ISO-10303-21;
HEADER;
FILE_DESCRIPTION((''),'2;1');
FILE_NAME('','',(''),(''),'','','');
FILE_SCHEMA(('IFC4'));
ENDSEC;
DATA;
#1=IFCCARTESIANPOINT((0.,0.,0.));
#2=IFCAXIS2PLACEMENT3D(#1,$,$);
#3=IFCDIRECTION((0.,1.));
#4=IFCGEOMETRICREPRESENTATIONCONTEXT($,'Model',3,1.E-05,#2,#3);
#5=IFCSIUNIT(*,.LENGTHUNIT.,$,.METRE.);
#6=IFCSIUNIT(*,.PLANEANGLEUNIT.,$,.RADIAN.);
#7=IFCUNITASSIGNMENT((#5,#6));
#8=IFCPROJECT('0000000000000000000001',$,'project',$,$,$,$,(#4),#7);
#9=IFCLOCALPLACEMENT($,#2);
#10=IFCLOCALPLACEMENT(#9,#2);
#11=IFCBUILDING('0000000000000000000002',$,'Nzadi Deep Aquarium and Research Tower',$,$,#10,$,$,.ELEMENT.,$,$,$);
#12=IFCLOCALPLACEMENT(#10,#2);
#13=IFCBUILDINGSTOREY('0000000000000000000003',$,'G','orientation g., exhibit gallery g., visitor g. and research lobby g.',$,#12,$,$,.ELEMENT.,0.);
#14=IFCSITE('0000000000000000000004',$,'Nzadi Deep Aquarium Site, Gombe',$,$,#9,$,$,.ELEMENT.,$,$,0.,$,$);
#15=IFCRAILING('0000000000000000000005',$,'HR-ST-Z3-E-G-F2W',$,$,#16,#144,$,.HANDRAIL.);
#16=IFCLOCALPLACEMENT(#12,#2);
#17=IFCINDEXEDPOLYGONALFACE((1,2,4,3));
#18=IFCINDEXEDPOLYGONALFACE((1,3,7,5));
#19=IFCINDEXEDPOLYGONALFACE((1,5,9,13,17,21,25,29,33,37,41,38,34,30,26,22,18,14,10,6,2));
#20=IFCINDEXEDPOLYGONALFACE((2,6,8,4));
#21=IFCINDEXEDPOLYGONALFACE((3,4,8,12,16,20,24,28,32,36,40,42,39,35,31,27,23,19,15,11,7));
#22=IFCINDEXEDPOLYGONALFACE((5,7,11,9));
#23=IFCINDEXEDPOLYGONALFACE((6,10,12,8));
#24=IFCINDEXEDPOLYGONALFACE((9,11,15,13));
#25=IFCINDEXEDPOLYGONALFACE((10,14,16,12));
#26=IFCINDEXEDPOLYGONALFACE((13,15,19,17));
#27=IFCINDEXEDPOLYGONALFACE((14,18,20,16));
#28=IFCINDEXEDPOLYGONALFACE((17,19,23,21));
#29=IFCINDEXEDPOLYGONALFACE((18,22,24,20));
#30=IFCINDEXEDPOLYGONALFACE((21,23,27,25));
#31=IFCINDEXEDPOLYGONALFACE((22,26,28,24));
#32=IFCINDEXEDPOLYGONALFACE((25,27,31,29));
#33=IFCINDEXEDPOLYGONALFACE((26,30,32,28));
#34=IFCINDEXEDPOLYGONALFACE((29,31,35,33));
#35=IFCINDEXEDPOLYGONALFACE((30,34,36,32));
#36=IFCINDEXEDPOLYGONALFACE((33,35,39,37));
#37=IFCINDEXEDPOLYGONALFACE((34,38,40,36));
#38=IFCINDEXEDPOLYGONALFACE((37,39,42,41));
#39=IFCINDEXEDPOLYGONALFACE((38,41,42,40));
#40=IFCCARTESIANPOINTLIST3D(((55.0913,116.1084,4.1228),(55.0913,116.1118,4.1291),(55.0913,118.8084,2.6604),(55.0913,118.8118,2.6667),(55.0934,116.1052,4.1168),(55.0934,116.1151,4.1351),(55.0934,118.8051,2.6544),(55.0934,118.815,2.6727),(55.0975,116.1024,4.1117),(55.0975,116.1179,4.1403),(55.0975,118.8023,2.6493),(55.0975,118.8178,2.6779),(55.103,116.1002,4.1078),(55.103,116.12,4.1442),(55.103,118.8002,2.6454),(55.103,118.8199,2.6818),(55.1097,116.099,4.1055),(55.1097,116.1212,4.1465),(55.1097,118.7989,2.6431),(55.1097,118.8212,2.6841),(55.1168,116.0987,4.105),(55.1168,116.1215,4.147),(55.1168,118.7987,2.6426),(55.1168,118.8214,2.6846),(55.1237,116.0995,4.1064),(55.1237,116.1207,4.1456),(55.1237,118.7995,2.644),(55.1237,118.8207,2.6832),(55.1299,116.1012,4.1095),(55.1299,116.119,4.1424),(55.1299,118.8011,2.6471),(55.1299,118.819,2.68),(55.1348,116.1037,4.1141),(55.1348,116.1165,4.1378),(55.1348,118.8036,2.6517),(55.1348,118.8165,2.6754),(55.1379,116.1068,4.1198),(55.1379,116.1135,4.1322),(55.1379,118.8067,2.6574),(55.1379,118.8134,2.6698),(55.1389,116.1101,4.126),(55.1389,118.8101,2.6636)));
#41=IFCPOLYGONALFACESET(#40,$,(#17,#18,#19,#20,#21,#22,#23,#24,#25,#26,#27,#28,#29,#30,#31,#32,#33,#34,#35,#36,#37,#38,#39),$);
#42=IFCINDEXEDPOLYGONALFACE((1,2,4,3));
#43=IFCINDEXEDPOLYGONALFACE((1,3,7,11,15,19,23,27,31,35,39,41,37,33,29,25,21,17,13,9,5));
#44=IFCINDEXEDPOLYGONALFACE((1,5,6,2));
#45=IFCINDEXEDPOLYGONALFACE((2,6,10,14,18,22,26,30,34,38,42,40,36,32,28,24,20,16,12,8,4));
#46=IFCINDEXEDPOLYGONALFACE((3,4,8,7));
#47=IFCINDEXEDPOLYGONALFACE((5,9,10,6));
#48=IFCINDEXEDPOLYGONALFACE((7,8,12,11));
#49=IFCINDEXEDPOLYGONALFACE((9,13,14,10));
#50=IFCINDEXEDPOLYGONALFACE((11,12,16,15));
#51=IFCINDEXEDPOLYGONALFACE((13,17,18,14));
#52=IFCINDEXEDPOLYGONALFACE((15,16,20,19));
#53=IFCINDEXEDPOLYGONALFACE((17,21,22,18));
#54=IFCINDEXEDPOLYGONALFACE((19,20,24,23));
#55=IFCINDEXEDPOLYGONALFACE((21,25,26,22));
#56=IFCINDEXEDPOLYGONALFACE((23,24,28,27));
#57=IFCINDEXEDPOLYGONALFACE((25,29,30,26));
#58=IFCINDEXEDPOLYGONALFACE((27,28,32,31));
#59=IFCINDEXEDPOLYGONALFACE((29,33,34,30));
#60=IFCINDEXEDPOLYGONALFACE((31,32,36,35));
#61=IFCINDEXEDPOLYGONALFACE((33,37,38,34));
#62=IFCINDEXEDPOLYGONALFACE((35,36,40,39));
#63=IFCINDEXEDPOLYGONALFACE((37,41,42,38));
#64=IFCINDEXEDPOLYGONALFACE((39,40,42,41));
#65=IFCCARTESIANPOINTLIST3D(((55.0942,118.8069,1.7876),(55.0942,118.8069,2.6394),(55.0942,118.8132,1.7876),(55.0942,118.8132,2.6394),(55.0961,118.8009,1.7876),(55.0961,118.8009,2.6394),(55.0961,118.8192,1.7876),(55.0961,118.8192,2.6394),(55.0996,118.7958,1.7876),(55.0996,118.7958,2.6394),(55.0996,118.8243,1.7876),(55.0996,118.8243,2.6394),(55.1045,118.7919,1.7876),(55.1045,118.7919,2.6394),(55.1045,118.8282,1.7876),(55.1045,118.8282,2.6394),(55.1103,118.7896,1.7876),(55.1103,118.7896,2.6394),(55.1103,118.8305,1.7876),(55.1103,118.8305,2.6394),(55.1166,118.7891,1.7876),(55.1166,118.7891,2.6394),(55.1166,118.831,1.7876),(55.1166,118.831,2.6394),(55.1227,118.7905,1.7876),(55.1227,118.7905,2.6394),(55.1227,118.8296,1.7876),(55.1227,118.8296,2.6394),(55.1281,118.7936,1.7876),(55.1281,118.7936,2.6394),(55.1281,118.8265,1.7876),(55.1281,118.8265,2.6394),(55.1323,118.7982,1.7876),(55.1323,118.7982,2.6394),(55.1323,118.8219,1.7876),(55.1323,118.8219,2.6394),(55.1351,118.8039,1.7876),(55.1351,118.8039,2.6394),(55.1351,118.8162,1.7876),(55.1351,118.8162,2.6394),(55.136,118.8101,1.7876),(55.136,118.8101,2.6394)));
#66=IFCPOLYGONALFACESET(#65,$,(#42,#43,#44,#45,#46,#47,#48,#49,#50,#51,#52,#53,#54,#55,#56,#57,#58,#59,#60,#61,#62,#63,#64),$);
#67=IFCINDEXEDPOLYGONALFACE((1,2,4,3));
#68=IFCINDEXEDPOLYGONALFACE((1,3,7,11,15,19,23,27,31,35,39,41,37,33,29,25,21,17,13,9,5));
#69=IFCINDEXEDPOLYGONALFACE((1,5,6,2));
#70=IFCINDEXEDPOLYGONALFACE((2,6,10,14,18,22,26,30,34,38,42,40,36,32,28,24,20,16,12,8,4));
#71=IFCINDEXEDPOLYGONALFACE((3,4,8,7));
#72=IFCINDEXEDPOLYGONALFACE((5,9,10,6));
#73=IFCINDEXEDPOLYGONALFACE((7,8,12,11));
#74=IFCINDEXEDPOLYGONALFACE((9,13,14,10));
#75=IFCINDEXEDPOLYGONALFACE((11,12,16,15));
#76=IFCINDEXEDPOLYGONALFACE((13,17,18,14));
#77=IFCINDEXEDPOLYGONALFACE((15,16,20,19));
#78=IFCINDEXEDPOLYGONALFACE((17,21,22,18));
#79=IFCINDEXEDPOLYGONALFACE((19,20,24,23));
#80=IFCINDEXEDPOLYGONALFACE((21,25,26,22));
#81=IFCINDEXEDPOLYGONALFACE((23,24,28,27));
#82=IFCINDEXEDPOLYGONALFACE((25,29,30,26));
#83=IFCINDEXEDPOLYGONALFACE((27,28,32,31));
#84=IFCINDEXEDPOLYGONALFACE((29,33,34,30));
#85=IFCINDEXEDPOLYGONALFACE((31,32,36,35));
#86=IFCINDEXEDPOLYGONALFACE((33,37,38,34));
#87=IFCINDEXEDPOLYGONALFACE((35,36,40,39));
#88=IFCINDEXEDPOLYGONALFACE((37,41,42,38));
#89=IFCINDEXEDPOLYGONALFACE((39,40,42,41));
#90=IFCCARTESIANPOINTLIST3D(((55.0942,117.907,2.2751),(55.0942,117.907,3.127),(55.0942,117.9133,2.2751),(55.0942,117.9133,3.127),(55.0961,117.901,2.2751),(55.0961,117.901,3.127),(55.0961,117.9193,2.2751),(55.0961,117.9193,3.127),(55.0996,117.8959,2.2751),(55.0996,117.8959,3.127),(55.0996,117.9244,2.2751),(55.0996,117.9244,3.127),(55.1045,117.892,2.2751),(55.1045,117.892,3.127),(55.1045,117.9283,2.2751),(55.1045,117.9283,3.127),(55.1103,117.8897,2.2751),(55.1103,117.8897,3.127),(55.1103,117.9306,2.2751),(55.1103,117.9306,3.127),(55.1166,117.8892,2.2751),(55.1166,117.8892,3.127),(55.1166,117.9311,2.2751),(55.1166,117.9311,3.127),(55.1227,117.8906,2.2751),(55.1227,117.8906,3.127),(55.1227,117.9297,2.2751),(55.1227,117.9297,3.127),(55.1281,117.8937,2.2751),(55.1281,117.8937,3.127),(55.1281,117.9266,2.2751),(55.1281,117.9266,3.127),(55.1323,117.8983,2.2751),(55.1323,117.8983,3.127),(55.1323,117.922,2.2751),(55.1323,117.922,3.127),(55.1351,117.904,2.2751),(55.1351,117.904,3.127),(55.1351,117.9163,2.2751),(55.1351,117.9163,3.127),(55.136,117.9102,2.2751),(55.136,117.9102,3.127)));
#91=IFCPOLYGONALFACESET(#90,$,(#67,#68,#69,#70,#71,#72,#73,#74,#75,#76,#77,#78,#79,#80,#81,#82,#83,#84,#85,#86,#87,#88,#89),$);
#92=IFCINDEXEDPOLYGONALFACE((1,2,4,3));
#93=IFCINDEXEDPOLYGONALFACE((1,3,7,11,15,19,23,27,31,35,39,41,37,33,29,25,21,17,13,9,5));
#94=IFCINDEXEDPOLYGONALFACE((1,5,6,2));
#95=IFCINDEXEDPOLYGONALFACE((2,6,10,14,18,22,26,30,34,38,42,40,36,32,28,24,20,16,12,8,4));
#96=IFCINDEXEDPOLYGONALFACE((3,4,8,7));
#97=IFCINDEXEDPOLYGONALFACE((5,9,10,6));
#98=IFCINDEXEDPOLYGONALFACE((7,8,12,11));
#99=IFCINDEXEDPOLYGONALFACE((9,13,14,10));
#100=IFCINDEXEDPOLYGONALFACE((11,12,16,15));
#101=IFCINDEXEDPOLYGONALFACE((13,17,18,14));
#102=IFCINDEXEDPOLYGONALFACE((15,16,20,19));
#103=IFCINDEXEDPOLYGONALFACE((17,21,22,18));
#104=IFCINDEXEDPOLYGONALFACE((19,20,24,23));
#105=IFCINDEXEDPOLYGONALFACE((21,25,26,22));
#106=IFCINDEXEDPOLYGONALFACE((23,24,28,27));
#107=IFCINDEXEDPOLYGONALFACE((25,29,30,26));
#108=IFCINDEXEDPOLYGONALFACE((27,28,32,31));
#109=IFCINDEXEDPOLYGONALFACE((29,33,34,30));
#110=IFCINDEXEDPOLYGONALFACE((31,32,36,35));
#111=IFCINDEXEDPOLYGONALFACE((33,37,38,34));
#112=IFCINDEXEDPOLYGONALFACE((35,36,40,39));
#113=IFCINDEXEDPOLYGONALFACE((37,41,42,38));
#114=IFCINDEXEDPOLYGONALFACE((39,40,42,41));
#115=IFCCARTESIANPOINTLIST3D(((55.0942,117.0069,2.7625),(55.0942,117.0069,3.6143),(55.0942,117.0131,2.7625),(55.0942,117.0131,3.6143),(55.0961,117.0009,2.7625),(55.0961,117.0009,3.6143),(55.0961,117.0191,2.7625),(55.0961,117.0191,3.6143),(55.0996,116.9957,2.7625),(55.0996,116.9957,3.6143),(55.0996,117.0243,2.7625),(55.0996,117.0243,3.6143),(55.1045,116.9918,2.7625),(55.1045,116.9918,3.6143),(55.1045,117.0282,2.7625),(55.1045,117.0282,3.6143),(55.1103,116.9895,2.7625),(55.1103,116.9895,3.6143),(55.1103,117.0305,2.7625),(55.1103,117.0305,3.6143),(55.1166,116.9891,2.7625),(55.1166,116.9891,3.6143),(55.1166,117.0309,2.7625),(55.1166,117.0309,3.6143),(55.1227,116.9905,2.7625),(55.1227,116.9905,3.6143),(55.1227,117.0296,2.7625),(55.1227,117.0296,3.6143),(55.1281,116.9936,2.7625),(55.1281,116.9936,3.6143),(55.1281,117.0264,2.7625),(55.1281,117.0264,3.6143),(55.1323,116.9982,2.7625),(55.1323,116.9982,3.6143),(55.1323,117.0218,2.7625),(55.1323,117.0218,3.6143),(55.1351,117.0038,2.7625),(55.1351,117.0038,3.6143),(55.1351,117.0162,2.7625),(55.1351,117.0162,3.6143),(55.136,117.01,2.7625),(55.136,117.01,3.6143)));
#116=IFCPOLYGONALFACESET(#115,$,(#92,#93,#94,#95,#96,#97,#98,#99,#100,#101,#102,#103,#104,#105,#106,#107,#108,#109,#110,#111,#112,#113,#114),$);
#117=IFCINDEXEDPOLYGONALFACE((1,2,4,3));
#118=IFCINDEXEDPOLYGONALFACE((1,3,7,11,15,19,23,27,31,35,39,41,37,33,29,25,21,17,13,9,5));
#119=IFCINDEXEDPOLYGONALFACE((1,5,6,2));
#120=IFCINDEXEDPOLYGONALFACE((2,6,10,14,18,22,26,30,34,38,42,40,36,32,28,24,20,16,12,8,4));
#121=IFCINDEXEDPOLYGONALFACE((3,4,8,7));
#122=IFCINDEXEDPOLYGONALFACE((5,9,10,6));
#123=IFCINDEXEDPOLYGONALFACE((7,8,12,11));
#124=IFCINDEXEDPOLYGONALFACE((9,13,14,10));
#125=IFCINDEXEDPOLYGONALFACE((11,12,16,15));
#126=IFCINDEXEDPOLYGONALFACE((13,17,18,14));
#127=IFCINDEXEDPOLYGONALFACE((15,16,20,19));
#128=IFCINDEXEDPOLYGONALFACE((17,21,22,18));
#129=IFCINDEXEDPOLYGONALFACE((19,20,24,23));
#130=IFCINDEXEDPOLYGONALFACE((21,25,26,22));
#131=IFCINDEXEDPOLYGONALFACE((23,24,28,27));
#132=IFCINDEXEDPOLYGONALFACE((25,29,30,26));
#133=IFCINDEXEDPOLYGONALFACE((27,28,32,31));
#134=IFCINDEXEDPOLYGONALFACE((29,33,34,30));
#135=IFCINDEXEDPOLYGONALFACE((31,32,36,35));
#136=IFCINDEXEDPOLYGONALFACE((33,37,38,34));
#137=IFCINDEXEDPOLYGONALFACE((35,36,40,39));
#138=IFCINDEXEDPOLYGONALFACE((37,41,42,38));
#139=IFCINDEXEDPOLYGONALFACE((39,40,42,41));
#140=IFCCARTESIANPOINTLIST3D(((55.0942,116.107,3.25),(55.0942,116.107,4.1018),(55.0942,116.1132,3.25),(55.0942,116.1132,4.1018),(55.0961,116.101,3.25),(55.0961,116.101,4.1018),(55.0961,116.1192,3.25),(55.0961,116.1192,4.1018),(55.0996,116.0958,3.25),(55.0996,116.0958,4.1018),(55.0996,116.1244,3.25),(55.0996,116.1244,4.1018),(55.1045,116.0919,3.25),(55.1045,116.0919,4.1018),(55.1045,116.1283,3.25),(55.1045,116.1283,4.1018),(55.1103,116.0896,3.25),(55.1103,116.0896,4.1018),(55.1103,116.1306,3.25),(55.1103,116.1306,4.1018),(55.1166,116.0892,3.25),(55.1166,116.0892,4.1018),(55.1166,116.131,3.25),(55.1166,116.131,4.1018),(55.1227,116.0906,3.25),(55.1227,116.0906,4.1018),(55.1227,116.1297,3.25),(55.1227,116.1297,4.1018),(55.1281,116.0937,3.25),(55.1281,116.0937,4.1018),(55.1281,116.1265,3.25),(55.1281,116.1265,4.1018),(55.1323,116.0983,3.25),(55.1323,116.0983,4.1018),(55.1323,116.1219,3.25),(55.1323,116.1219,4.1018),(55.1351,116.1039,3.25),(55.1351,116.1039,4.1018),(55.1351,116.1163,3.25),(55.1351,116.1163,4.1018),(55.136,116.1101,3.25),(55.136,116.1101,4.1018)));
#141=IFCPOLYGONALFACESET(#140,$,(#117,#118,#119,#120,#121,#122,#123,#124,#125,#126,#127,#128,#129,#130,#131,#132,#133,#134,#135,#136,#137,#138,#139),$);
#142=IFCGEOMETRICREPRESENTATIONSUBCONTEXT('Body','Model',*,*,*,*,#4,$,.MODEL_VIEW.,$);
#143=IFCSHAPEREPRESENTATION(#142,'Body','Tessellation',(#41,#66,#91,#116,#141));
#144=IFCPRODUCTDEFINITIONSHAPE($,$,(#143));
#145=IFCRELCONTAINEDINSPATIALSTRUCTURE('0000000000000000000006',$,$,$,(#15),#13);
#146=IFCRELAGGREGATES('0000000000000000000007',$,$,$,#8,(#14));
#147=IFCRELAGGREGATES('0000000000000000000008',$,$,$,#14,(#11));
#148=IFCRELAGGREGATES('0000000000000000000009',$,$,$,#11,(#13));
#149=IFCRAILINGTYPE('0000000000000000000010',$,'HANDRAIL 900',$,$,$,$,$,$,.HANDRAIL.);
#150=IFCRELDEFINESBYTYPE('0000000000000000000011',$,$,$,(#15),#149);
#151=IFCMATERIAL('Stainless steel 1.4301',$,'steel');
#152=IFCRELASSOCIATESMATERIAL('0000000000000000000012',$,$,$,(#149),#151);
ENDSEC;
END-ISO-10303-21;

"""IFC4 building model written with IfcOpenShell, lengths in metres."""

from ifc_helpers import new_model, si_unit, direction, frame, origin, origin_2d, place, context, subcontext, project, spatial, circle, extrude, material, type_object, element, save


model = new_model("IFC4")

# Units and contexts
model_context = context("Model", 3, precision=1e-05, world=origin(), true_north=direction((0.0, 1.0)))
body_context = subcontext(model_context, "Body", "Model", "MODEL_VIEW")
ifc_project = project(units=[si_unit("LENGTHUNIT", "METRE"), si_unit("PLANEANGLEUNIT", "RADIAN")], contexts=[model_context])

# Site, building, storey
site_placement = place(None, origin())
site = spatial("IfcSite", under=ifc_project, at=site_placement, Name="Nzadi Deep Aquarium Site, Gombe", CompositionType="ELEMENT", RefElevation=0.0)
building_placement = place(site_placement, origin())
building = spatial("IfcBuilding", under=site, at=building_placement, Name="Nzadi Deep Aquarium and Research Tower", CompositionType="ELEMENT")
storey_placement = place(building_placement, origin())
storey = spatial("IfcBuildingStorey", under=building, at=storey_placement, Name="G", Description="orientation g., exhibit gallery g., visitor g. and research lobby g.", CompositionType="ELEMENT", Elevation=0.0)

# Railing
ifc_material_1 = material(Name="Stainless steel 1.4301", Category="steel")
railing_type = type_object("IfcRailingType", Name="HANDRAIL 900", PredefinedType="HANDRAIL", material=ifc_material_1)
for number, where, name in (
    (1, (55.115, 118.8101, 1.7876), "HR-ST-Z3-E-G-F2W"),
):
    element("IfcRailing", number, at=place(storey_placement, frame(where)), inside=storey, type_object=railing_type, Name=name, PredefinedType="HANDRAIL", context=body_context, shape_type="SweptSolid", body=[
        extrude(circle(Radius=0.0239, at=origin_2d()), frame((0.0, 0.0, 0.876), z_axis=(0.0, -0.879302, 0.476265), x_axis=(1.0, 0.0, 0.0)), (0.0, 0.0, 1.0), 3.0706),
        extrude(circle(Radius=0.021, at=origin_2d()), origin(), (0.0, 0.0, 1.0), 0.8518),
        extrude(circle(Radius=0.021, at=origin_2d()), frame((0.0, -0.8999, 0.4875)), (0.0, 0.0, 1.0), 0.8518),
        extrude(circle(Radius=0.021, at=origin_2d()), frame((0.0, -1.8, 0.9749)), (0.0, 0.0, 1.0), 0.8518),
        extrude(circle(Radius=0.021, at=origin_2d()), frame((0.0, -2.7, 1.4624)), (0.0, 0.0, 1.0), 0.8518),
    ])

save(model, "model.ifc")
